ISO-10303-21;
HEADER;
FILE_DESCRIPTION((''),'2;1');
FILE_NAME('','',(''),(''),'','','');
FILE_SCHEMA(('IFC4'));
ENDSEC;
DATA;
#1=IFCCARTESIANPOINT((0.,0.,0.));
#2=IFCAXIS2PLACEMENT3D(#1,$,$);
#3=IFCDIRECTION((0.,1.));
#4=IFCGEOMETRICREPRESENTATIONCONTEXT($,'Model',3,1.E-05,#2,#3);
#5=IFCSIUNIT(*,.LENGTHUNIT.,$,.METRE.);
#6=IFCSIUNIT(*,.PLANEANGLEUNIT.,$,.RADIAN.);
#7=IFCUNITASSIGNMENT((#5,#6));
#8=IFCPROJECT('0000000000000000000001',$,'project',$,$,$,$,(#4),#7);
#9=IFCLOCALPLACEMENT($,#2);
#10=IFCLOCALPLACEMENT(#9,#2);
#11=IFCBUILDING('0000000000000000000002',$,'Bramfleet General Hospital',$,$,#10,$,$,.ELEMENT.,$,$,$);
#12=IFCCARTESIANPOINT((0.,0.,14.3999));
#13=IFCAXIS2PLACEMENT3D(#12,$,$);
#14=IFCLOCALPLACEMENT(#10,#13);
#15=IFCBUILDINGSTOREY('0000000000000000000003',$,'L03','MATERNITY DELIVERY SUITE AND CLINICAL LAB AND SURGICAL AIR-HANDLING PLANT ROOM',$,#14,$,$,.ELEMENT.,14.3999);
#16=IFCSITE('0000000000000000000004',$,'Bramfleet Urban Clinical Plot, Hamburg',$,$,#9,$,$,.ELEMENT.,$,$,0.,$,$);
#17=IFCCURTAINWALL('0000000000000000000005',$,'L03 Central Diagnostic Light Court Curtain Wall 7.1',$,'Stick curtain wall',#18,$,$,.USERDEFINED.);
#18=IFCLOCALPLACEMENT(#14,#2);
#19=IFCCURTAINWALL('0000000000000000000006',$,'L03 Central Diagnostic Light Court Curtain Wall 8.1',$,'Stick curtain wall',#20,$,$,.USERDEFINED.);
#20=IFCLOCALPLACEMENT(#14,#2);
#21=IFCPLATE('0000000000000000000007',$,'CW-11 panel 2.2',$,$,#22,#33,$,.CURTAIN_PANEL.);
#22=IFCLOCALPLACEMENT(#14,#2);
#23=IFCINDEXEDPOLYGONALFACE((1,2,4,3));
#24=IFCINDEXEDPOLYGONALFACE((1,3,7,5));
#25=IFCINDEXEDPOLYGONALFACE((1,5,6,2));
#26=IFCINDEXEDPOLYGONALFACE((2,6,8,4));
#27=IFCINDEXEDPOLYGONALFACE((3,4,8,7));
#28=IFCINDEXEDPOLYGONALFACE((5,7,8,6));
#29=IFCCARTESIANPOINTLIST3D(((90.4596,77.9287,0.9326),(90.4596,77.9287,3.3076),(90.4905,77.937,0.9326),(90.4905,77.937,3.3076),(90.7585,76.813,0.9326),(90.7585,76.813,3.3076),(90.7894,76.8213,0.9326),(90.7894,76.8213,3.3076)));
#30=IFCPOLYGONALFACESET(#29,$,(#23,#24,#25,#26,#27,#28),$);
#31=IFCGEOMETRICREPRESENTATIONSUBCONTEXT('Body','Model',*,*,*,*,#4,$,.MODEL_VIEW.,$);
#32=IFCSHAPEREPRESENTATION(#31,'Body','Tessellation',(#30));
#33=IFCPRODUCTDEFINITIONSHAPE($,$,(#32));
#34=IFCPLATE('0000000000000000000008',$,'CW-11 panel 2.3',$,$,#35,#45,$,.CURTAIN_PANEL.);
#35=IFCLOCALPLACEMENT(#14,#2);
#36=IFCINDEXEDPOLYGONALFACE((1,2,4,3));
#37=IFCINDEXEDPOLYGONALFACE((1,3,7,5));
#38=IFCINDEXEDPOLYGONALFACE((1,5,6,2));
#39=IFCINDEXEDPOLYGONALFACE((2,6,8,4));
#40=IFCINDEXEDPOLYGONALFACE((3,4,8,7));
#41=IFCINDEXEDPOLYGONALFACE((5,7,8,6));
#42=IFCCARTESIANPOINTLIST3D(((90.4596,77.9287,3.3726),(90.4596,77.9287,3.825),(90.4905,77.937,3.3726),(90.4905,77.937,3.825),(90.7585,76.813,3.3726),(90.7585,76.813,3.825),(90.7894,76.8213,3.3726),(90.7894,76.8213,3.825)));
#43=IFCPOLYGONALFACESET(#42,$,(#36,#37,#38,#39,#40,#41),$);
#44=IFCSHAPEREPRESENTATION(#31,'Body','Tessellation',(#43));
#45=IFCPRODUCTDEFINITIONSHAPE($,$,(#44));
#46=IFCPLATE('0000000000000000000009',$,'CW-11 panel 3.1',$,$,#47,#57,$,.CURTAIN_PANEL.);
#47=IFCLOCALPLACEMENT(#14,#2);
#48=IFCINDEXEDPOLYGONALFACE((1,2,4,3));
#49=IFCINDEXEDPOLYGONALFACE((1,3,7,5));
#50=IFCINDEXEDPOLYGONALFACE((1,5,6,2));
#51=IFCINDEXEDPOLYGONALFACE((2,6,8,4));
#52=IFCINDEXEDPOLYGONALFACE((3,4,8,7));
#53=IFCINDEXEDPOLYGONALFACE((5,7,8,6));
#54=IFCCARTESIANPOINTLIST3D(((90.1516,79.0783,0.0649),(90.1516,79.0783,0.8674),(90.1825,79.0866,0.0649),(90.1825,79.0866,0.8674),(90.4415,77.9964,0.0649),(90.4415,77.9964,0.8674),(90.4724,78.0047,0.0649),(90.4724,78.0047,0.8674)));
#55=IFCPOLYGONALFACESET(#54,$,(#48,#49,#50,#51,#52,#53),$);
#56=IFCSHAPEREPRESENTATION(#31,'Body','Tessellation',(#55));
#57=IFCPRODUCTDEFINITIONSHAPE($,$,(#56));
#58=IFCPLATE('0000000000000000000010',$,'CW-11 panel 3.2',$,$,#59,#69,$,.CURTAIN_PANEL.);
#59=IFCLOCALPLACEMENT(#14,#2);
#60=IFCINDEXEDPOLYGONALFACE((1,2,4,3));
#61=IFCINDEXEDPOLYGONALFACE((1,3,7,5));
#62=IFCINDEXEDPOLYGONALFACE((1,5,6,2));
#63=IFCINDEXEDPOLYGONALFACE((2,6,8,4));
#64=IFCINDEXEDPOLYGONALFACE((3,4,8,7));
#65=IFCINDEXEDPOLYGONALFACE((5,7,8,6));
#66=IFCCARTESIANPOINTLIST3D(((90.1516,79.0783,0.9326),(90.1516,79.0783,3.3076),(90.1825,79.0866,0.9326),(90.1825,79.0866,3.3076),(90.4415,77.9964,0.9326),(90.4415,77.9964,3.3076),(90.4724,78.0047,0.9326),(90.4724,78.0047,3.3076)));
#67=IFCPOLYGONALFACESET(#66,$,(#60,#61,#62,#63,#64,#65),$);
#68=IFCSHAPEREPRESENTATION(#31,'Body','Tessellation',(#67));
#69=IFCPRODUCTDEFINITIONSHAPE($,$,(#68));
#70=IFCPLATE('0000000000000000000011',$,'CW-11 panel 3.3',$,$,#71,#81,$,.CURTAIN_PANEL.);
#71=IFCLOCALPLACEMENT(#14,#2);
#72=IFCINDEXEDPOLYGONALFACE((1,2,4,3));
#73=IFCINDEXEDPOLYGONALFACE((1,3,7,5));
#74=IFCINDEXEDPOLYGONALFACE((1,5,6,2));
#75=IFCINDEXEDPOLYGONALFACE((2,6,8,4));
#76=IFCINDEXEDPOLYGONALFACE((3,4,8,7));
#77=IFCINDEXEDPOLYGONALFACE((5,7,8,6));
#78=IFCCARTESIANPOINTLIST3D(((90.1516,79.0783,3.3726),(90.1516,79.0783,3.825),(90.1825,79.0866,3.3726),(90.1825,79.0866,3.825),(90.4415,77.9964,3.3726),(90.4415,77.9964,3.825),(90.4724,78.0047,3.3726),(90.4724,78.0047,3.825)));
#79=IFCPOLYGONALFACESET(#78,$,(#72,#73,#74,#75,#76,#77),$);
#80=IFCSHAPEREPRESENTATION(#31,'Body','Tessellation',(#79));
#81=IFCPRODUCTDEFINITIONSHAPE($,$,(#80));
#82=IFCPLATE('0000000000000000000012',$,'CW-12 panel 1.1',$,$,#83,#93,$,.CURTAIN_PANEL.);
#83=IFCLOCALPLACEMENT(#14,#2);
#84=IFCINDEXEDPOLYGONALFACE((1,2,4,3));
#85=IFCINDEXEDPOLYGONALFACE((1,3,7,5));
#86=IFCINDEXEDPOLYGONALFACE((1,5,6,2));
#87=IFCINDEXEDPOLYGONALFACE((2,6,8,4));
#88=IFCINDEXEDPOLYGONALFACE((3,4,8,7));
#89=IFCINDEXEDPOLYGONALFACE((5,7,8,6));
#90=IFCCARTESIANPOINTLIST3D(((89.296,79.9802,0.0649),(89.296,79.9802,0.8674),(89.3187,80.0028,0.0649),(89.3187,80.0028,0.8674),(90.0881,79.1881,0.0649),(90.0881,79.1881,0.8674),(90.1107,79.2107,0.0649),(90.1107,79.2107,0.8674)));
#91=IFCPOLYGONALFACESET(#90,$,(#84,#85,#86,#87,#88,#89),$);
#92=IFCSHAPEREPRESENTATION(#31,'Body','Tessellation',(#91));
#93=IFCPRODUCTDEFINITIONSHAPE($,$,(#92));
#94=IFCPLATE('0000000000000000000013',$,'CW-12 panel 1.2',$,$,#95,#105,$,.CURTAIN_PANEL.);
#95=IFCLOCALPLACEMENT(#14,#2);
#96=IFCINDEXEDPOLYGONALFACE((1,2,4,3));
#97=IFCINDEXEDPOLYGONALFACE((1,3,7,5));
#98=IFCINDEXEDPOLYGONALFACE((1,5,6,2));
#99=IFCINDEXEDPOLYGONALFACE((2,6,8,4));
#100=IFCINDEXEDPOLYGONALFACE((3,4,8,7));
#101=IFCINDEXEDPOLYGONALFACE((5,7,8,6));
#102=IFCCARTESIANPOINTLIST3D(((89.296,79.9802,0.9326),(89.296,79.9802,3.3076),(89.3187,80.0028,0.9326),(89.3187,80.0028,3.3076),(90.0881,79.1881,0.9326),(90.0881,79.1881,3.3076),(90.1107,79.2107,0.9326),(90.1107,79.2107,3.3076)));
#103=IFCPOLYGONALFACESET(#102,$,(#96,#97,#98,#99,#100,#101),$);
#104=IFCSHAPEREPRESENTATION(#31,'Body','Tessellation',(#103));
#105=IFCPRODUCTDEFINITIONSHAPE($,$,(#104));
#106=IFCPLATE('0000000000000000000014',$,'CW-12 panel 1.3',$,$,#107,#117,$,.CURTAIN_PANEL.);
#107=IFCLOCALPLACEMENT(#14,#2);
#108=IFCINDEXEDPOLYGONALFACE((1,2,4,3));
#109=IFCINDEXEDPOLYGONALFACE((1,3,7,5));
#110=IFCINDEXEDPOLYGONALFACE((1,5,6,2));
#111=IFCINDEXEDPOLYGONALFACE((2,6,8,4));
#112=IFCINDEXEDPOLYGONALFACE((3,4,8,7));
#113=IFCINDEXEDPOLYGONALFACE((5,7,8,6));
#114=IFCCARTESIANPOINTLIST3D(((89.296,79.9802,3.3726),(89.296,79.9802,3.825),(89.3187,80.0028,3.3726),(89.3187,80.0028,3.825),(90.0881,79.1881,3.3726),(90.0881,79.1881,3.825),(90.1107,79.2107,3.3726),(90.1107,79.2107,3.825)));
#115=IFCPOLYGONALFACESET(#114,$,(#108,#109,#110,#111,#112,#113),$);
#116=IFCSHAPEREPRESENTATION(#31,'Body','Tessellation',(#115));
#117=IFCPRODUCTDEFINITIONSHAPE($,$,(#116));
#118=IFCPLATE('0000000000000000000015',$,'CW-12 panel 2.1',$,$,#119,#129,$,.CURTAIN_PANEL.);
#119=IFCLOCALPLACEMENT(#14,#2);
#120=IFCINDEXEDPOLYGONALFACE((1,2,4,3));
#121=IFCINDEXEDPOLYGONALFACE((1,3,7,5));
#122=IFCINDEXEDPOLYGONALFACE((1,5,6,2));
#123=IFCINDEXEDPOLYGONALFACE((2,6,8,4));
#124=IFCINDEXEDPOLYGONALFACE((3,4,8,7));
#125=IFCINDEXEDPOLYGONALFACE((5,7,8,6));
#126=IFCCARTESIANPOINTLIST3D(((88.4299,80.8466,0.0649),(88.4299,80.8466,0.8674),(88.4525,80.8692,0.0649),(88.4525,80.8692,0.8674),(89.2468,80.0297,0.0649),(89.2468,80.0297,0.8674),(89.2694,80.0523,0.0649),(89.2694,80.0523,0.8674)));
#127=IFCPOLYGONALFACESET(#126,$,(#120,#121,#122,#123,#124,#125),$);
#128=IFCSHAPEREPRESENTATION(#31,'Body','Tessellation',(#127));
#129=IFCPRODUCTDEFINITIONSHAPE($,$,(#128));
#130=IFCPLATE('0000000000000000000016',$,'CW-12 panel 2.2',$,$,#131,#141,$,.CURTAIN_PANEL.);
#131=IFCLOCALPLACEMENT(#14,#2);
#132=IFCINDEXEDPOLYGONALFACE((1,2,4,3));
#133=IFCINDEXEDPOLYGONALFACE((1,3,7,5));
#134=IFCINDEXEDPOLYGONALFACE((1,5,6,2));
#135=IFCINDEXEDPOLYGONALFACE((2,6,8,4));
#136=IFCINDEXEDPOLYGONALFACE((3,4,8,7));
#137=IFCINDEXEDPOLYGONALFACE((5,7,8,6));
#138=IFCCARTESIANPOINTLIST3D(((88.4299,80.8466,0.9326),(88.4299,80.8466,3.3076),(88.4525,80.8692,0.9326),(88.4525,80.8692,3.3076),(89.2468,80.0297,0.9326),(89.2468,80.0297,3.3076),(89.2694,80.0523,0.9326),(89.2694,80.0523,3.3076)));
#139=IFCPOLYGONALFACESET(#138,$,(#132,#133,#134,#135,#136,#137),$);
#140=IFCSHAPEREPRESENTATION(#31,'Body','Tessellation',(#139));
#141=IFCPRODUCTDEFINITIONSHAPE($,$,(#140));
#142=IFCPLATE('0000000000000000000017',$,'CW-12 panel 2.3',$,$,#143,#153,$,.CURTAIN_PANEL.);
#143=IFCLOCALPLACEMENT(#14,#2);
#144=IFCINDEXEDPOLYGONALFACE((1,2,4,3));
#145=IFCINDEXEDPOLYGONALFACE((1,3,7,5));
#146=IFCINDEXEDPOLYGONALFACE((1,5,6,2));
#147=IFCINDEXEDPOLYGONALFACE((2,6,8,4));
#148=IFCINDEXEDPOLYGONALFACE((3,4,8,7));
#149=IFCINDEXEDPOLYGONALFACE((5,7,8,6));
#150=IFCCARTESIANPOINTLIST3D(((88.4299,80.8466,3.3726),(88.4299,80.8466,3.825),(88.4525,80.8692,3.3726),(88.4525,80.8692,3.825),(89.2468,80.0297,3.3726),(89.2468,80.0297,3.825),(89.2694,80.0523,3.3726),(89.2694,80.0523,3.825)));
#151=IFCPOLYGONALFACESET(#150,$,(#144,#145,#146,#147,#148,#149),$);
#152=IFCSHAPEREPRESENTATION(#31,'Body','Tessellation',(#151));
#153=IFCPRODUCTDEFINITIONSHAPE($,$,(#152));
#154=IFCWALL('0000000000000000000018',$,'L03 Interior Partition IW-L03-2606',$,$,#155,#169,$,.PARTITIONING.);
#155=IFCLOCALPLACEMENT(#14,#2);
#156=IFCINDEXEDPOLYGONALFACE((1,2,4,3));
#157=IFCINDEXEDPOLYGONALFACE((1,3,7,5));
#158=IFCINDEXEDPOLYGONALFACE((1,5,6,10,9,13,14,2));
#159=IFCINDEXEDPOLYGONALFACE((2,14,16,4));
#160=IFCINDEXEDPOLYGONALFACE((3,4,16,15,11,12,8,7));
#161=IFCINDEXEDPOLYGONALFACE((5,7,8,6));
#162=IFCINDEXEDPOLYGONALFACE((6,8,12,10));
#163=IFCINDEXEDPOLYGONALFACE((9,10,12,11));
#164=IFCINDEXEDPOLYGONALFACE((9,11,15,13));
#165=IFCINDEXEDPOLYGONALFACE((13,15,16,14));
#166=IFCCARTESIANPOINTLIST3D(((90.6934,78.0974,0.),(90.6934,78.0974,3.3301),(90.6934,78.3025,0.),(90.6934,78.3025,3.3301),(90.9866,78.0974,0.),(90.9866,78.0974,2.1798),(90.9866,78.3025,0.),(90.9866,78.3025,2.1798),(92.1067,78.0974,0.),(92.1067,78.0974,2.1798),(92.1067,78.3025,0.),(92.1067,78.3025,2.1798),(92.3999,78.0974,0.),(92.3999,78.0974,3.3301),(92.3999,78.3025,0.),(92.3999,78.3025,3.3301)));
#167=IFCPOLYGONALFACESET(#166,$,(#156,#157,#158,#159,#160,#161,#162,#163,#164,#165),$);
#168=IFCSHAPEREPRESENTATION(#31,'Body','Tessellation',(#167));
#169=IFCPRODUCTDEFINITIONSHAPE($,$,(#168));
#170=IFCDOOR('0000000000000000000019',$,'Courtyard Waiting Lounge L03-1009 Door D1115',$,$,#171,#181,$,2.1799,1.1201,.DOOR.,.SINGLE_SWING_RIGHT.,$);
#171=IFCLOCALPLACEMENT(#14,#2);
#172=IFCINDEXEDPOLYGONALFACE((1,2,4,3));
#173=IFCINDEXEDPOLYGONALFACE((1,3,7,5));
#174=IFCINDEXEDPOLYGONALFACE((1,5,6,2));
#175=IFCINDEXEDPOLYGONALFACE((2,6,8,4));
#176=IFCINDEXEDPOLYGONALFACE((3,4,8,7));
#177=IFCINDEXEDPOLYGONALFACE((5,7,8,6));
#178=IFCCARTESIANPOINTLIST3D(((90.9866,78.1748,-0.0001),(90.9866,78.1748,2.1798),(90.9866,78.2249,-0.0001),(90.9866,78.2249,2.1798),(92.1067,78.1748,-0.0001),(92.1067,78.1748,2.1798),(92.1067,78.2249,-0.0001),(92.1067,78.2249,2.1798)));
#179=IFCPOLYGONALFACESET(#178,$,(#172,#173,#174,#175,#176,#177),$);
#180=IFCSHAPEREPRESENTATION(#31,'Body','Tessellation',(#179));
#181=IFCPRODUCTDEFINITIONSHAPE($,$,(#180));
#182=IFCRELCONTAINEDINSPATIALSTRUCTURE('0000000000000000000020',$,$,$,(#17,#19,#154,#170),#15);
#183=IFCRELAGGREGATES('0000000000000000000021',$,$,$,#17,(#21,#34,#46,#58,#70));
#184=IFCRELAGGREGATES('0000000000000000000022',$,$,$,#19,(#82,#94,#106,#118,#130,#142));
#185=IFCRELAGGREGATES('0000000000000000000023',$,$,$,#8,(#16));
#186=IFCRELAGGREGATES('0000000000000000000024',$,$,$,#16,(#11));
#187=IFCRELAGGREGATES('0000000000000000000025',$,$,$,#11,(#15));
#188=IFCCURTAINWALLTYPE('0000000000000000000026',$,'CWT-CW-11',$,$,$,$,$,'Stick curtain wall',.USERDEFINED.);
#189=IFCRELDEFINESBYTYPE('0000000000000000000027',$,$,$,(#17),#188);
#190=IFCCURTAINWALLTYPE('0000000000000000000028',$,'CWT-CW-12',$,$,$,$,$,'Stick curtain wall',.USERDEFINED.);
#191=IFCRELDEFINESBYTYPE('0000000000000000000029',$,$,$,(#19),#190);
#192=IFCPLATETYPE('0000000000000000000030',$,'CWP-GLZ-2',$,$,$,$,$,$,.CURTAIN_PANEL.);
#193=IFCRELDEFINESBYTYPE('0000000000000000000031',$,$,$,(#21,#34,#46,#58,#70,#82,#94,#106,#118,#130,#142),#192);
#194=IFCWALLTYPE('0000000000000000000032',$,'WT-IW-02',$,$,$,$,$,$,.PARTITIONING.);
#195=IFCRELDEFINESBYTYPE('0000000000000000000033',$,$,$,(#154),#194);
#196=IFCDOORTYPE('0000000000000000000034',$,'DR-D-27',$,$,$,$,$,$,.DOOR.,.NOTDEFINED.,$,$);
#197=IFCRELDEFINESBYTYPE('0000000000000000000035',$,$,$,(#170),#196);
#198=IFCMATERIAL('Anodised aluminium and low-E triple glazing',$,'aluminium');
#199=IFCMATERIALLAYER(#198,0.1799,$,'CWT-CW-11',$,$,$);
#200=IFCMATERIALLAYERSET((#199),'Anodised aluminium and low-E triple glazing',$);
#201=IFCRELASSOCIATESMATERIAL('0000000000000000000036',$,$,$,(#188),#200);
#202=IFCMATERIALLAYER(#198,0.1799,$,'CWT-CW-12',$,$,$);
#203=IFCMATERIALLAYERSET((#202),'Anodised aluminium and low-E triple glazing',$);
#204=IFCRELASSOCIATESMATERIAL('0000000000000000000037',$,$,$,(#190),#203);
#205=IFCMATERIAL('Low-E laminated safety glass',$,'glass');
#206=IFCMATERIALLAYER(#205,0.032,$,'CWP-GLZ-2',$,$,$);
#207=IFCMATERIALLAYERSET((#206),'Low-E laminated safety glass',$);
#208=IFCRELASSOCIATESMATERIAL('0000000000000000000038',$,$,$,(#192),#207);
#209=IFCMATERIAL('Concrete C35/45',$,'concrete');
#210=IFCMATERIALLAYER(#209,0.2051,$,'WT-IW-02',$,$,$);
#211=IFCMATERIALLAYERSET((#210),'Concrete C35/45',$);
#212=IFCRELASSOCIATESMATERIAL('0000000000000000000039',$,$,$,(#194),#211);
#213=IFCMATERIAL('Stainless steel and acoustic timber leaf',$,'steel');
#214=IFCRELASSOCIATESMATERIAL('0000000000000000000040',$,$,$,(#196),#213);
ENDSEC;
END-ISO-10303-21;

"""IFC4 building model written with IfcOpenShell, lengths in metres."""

from ifc_helpers import new_model, si_unit, direction, frame, frame_2d, origin, origin_2d, place, context, subcontext, project, spatial, rectangle, extrude, material, layer, layer_set, type_object, element, fill, aggregate, save


model = new_model("IFC4")

# Units and contexts
model_context = context("Model", 3, precision=1e-05, world=origin(), true_north=direction((0.0, 1.0)))
body_context = subcontext(model_context, "Body", "Model", "MODEL_VIEW")
ifc_project = project(units=[si_unit("LENGTHUNIT", "METRE"), si_unit("PLANEANGLEUNIT", "RADIAN")], contexts=[model_context])

# Site, building, storey
site_placement = place(None, origin())
site = spatial("IfcSite", under=ifc_project, at=site_placement, Name="Bramfleet Urban Clinical Plot, Hamburg", CompositionType="ELEMENT", RefElevation=0.0)
building_placement = place(site_placement, origin())
building = spatial("IfcBuilding", under=site, at=building_placement, Name="Bramfleet General Hospital", CompositionType="ELEMENT")
storey_placement = place(building_placement, frame((0.0, 0.0, 14.3999)))
storey = spatial("IfcBuildingStorey", under=building, at=storey_placement, Name="L03", Description="MATERNITY DELIVERY SUITE AND CLINICAL LAB AND SURGICAL AIR-HANDLING PLANT ROOM", CompositionType="ELEMENT", Elevation=14.3999)

# Curtain walls
ifc_material_1 = material(Name="Anodised aluminium and low-E triple glazing", Category="aluminium")
ifc_layer_1 = layer(ifc_material_1, 0.1799, Name="CWT-CW-11")
ifc_layer_set_1 = layer_set([ifc_layer_1], Name="Anodised aluminium and low-E triple glazing")
curtain_wall_type_1 = type_object("IfcCurtainWallType", Name="CWT-CW-11", ElementType="Stick curtain wall", PredefinedType="USERDEFINED", material=ifc_layer_set_1)
curtain_wall_1_placement = place(storey_placement, origin())
curtain_wall_1 = element("IfcCurtainWall", 1, at=curtain_wall_1_placement, inside=storey, type_object=curtain_wall_type_1, Name="L03 Central Diagnostic Light Court Curtain Wall 7.1", ObjectType="Stick curtain wall", PredefinedType="USERDEFINED")
ifc_layer_2 = layer(ifc_material_1, 0.1799, Name="CWT-CW-12")
ifc_layer_set_2 = layer_set([ifc_layer_2], Name="Anodised aluminium and low-E triple glazing")
curtain_wall_type_2 = type_object("IfcCurtainWallType", Name="CWT-CW-12", ElementType="Stick curtain wall", PredefinedType="USERDEFINED", material=ifc_layer_set_2)
curtain_wall_2_placement = place(storey_placement, origin())
curtain_wall_2 = element("IfcCurtainWall", 2, at=curtain_wall_2_placement, inside=storey, type_object=curtain_wall_type_2, Name="L03 Central Diagnostic Light Court Curtain Wall 8.1", ObjectType="Stick curtain wall", PredefinedType="USERDEFINED")

# Plates
ifc_material_2 = material(Name="Low-E laminated safety glass", Category="glass")
ifc_layer_3 = layer(ifc_material_2, 0.032, Name="CWP-GLZ-2")
ifc_layer_set_3 = layer_set([ifc_layer_3], Name="Low-E laminated safety glass")
plate_type = type_object("IfcPlateType", Name="CWP-GLZ-2", PredefinedType="CURTAIN_PANEL", material=ifc_layer_set_3)
plate_1_placement = place(storey_placement, frame((90.6245, 77.375, 0.9326), z_axis=(0.0, 0.0, 1.0), x_axis=(-0.258763, 0.965941, 0.0)))
plate_1 = element("IfcPlate", 3, at=plate_1_placement, type_object=plate_type, Name="CW-11 panel 2.2", PredefinedType="CURTAIN_PANEL", context=body_context, shape_type="SweptSolid", body=[
    extrude(rectangle(XDim=1.155, YDim=0.032, at=origin_2d()), origin(), (0.0, 0.0, 1.0), 2.375),
])
plate_2_placement = place(storey_placement, frame((90.6245, 77.375, 3.3726), z_axis=(0.0, 0.0, 1.0), x_axis=(-0.258763, 0.965941, 0.0)))
plate_2 = element("IfcPlate", 4, at=plate_2_placement, type_object=plate_type, Name="CW-11 panel 2.3", PredefinedType="CURTAIN_PANEL", context=body_context, shape_type="SweptSolid", body=[
    extrude(rectangle(XDim=1.155, YDim=0.032, at=origin_2d()), origin(), (0.0, 0.0, 1.0), 0.4524),
])
plate_3_placement = place(storey_placement, frame((90.312, 78.5415, 0.0649), z_axis=(0.0, 0.0, 1.0), x_axis=(-0.258763, 0.965941, 0.0)))
plate_3 = element("IfcPlate", 5, at=plate_3_placement, type_object=plate_type, Name="CW-11 panel 3.1", PredefinedType="CURTAIN_PANEL", context=body_context, shape_type="SweptSolid", body=[
    extrude(rectangle(XDim=1.1201, YDim=0.032, at=origin_2d()), origin(), (0.0, 0.0, 1.0), 0.8025),
])
plate_4_placement = place(storey_placement, frame((90.312, 78.5415, 0.9326), z_axis=(0.0, 0.0, 1.0), x_axis=(-0.258763, 0.965941, 0.0)))
plate_4 = element("IfcPlate", 6, at=plate_4_placement, type_object=plate_type, Name="CW-11 panel 3.2", PredefinedType="CURTAIN_PANEL", context=body_context, shape_type="SweptSolid", body=[
    extrude(rectangle(XDim=1.1201, YDim=0.032, at=origin_2d()), origin(), (0.0, 0.0, 1.0), 2.375),
])
plate_5_placement = place(storey_placement, frame((90.312, 78.5415, 3.3726), z_axis=(0.0, 0.0, 1.0), x_axis=(-0.258763, 0.965941, 0.0)))
plate_5 = element("IfcPlate", 7, at=plate_5_placement, type_object=plate_type, Name="CW-11 panel 3.3", PredefinedType="CURTAIN_PANEL", context=body_context, shape_type="SweptSolid", body=[
    extrude(rectangle(XDim=1.1201, YDim=0.032, at=origin_2d()), origin(), (0.0, 0.0, 1.0), 0.4524),
])
aggregate(curtain_wall_1, [plate_1, plate_2, plate_3, plate_4, plate_5])
plate_6_placement = place(storey_placement, frame((89.7034, 79.5955, 0.0649), z_axis=(0.0, 0.0, 1.0), x_axis=(-0.707107, 0.707107, 0.0)))
plate_6 = element("IfcPlate", 8, at=plate_6_placement, type_object=plate_type, Name="CW-12 panel 1.1", PredefinedType="CURTAIN_PANEL", context=body_context, shape_type="SweptSolid", body=[
    extrude(rectangle(XDim=1.1201, YDim=0.032, at=origin_2d()), origin(), (0.0, 0.0, 1.0), 0.8025),
])
plate_7_placement = place(storey_placement, frame((89.7034, 79.5955, 0.9326), z_axis=(0.0, 0.0, 1.0), x_axis=(-0.707107, 0.707107, 0.0)))
plate_7 = element("IfcPlate", 9, at=plate_7_placement, type_object=plate_type, Name="CW-12 panel 1.2", PredefinedType="CURTAIN_PANEL", context=body_context, shape_type="SweptSolid", body=[
    extrude(rectangle(XDim=1.1201, YDim=0.032, at=origin_2d()), origin(), (0.0, 0.0, 1.0), 2.375),
])
plate_8_placement = place(storey_placement, frame((89.7034, 79.5955, 3.3726), z_axis=(0.0, 0.0, 1.0), x_axis=(-0.707107, 0.707107, 0.0)))
plate_8 = element("IfcPlate", 10, at=plate_8_placement, type_object=plate_type, Name="CW-12 panel 1.3", PredefinedType="CURTAIN_PANEL", context=body_context, shape_type="SweptSolid", body=[
    extrude(rectangle(XDim=1.1201, YDim=0.032, at=origin_2d()), origin(), (0.0, 0.0, 1.0), 0.4524),
])
plate_9_placement = place(storey_placement, frame((88.8496, 80.4495, 0.0649), z_axis=(0.0, 0.0, 1.0), x_axis=(-0.707107, 0.707107, 0.0)))
plate_9 = element("IfcPlate", 11, at=plate_9_placement, type_object=plate_type, Name="CW-12 panel 2.1", PredefinedType="CURTAIN_PANEL", context=body_context, shape_type="SweptSolid", body=[
    extrude(rectangle(XDim=1.1553, YDim=0.032, at=origin_2d()), origin(), (0.0, 0.0, 1.0), 0.8025),
])
plate_10_placement = place(storey_placement, frame((88.8496, 80.4495, 0.9326), z_axis=(0.0, 0.0, 1.0), x_axis=(-0.707107, 0.707107, 0.0)))
plate_10 = element("IfcPlate", 12, at=plate_10_placement, type_object=plate_type, Name="CW-12 panel 2.2", PredefinedType="CURTAIN_PANEL", context=body_context, shape_type="SweptSolid", body=[
    extrude(rectangle(XDim=1.1553, YDim=0.032, at=origin_2d()), origin(), (0.0, 0.0, 1.0), 2.375),
])
plate_11_placement = place(storey_placement, frame((88.8496, 80.4495, 3.3726), z_axis=(0.0, 0.0, 1.0), x_axis=(-0.707107, 0.707107, 0.0)))
plate_11 = element("IfcPlate", 13, at=plate_11_placement, type_object=plate_type, Name="CW-12 panel 2.3", PredefinedType="CURTAIN_PANEL", context=body_context, shape_type="SweptSolid", body=[
    extrude(rectangle(XDim=1.1553, YDim=0.032, at=origin_2d()), origin(), (0.0, 0.0, 1.0), 0.4524),
])
aggregate(curtain_wall_2, [plate_6, plate_7, plate_8, plate_9, plate_10, plate_11])

# Wall, opening, door
ifc_material_3 = material(Name="Concrete C35/45", Category="concrete")
ifc_layer_4 = layer(ifc_material_3, 0.2051, Name="WT-IW-02")
ifc_layer_set_4 = layer_set([ifc_layer_4], Name="Concrete C35/45")
wall_type = type_object("IfcWallType", Name="WT-IW-02", PredefinedType="PARTITIONING", material=ifc_layer_set_4)
wall_placement = place(storey_placement, frame((90.6934, 78.2, 0.0), z_axis=(0.0, 0.0, 1.0), x_axis=(1.0, 0.0, 0.0)))
wall = element("IfcWall", 14, at=wall_placement, inside=storey, type_object=wall_type, Name="L03 Interior Partition IW-L03-2606", PredefinedType="PARTITIONING", context=body_context, shape_type="SweptSolid", body=[
    extrude(rectangle(XDim=1.7065, YDim=0.2051, at=frame_2d((0.8533, 0.0))), origin(), (0.0, 0.0, 1.0), 3.3301),
])
opening_placement = place(wall_placement, frame((0.2932, 0.0, 0.0)))
opening = element("IfcOpeningElement", 15, at=opening_placement, cuts=wall, PredefinedType="OPENING", context=body_context, shape_type="SweptSolid", body=[
    extrude(rectangle(XDim=1.1201, YDim=2.1799, at=frame_2d((0.5601, 1.0898))), frame((0.0, 0.1125, 0.0), z_axis=(0.0, -1.0, 0.0), x_axis=(1.0, 0.0, 0.0)), (0.0, 0.0, 1.0), 0.2251),
])
ifc_material_4 = material(Name="Stainless steel and acoustic timber leaf", Category="steel")
door_type = type_object("IfcDoorType", Name="DR-D-27", OperationType="NOTDEFINED", PredefinedType="DOOR", material=ifc_material_4)
door_placement = place(opening_placement, origin())
door = element("IfcDoor", 16, at=door_placement, inside=storey, type_object=door_type, Name="Courtyard Waiting Lounge L03-1009 Door D1115", OperationType="SINGLE_SWING_RIGHT", OverallHeight=2.1799, OverallWidth=1.1201, PredefinedType="DOOR", context=body_context, shape_type="SweptSolid", body=[
    extrude(rectangle(XDim=1.1201, YDim=2.1799, at=frame_2d((0.5601, 1.0898))), frame((0.0, 0.0249, 0.0), z_axis=(0.0, -1.0, 0.0), x_axis=(1.0, 0.0, 0.0)), (0.0, 0.0, 1.0), 0.05),
])
fill(opening, door)

save(model, "model.ifc")
